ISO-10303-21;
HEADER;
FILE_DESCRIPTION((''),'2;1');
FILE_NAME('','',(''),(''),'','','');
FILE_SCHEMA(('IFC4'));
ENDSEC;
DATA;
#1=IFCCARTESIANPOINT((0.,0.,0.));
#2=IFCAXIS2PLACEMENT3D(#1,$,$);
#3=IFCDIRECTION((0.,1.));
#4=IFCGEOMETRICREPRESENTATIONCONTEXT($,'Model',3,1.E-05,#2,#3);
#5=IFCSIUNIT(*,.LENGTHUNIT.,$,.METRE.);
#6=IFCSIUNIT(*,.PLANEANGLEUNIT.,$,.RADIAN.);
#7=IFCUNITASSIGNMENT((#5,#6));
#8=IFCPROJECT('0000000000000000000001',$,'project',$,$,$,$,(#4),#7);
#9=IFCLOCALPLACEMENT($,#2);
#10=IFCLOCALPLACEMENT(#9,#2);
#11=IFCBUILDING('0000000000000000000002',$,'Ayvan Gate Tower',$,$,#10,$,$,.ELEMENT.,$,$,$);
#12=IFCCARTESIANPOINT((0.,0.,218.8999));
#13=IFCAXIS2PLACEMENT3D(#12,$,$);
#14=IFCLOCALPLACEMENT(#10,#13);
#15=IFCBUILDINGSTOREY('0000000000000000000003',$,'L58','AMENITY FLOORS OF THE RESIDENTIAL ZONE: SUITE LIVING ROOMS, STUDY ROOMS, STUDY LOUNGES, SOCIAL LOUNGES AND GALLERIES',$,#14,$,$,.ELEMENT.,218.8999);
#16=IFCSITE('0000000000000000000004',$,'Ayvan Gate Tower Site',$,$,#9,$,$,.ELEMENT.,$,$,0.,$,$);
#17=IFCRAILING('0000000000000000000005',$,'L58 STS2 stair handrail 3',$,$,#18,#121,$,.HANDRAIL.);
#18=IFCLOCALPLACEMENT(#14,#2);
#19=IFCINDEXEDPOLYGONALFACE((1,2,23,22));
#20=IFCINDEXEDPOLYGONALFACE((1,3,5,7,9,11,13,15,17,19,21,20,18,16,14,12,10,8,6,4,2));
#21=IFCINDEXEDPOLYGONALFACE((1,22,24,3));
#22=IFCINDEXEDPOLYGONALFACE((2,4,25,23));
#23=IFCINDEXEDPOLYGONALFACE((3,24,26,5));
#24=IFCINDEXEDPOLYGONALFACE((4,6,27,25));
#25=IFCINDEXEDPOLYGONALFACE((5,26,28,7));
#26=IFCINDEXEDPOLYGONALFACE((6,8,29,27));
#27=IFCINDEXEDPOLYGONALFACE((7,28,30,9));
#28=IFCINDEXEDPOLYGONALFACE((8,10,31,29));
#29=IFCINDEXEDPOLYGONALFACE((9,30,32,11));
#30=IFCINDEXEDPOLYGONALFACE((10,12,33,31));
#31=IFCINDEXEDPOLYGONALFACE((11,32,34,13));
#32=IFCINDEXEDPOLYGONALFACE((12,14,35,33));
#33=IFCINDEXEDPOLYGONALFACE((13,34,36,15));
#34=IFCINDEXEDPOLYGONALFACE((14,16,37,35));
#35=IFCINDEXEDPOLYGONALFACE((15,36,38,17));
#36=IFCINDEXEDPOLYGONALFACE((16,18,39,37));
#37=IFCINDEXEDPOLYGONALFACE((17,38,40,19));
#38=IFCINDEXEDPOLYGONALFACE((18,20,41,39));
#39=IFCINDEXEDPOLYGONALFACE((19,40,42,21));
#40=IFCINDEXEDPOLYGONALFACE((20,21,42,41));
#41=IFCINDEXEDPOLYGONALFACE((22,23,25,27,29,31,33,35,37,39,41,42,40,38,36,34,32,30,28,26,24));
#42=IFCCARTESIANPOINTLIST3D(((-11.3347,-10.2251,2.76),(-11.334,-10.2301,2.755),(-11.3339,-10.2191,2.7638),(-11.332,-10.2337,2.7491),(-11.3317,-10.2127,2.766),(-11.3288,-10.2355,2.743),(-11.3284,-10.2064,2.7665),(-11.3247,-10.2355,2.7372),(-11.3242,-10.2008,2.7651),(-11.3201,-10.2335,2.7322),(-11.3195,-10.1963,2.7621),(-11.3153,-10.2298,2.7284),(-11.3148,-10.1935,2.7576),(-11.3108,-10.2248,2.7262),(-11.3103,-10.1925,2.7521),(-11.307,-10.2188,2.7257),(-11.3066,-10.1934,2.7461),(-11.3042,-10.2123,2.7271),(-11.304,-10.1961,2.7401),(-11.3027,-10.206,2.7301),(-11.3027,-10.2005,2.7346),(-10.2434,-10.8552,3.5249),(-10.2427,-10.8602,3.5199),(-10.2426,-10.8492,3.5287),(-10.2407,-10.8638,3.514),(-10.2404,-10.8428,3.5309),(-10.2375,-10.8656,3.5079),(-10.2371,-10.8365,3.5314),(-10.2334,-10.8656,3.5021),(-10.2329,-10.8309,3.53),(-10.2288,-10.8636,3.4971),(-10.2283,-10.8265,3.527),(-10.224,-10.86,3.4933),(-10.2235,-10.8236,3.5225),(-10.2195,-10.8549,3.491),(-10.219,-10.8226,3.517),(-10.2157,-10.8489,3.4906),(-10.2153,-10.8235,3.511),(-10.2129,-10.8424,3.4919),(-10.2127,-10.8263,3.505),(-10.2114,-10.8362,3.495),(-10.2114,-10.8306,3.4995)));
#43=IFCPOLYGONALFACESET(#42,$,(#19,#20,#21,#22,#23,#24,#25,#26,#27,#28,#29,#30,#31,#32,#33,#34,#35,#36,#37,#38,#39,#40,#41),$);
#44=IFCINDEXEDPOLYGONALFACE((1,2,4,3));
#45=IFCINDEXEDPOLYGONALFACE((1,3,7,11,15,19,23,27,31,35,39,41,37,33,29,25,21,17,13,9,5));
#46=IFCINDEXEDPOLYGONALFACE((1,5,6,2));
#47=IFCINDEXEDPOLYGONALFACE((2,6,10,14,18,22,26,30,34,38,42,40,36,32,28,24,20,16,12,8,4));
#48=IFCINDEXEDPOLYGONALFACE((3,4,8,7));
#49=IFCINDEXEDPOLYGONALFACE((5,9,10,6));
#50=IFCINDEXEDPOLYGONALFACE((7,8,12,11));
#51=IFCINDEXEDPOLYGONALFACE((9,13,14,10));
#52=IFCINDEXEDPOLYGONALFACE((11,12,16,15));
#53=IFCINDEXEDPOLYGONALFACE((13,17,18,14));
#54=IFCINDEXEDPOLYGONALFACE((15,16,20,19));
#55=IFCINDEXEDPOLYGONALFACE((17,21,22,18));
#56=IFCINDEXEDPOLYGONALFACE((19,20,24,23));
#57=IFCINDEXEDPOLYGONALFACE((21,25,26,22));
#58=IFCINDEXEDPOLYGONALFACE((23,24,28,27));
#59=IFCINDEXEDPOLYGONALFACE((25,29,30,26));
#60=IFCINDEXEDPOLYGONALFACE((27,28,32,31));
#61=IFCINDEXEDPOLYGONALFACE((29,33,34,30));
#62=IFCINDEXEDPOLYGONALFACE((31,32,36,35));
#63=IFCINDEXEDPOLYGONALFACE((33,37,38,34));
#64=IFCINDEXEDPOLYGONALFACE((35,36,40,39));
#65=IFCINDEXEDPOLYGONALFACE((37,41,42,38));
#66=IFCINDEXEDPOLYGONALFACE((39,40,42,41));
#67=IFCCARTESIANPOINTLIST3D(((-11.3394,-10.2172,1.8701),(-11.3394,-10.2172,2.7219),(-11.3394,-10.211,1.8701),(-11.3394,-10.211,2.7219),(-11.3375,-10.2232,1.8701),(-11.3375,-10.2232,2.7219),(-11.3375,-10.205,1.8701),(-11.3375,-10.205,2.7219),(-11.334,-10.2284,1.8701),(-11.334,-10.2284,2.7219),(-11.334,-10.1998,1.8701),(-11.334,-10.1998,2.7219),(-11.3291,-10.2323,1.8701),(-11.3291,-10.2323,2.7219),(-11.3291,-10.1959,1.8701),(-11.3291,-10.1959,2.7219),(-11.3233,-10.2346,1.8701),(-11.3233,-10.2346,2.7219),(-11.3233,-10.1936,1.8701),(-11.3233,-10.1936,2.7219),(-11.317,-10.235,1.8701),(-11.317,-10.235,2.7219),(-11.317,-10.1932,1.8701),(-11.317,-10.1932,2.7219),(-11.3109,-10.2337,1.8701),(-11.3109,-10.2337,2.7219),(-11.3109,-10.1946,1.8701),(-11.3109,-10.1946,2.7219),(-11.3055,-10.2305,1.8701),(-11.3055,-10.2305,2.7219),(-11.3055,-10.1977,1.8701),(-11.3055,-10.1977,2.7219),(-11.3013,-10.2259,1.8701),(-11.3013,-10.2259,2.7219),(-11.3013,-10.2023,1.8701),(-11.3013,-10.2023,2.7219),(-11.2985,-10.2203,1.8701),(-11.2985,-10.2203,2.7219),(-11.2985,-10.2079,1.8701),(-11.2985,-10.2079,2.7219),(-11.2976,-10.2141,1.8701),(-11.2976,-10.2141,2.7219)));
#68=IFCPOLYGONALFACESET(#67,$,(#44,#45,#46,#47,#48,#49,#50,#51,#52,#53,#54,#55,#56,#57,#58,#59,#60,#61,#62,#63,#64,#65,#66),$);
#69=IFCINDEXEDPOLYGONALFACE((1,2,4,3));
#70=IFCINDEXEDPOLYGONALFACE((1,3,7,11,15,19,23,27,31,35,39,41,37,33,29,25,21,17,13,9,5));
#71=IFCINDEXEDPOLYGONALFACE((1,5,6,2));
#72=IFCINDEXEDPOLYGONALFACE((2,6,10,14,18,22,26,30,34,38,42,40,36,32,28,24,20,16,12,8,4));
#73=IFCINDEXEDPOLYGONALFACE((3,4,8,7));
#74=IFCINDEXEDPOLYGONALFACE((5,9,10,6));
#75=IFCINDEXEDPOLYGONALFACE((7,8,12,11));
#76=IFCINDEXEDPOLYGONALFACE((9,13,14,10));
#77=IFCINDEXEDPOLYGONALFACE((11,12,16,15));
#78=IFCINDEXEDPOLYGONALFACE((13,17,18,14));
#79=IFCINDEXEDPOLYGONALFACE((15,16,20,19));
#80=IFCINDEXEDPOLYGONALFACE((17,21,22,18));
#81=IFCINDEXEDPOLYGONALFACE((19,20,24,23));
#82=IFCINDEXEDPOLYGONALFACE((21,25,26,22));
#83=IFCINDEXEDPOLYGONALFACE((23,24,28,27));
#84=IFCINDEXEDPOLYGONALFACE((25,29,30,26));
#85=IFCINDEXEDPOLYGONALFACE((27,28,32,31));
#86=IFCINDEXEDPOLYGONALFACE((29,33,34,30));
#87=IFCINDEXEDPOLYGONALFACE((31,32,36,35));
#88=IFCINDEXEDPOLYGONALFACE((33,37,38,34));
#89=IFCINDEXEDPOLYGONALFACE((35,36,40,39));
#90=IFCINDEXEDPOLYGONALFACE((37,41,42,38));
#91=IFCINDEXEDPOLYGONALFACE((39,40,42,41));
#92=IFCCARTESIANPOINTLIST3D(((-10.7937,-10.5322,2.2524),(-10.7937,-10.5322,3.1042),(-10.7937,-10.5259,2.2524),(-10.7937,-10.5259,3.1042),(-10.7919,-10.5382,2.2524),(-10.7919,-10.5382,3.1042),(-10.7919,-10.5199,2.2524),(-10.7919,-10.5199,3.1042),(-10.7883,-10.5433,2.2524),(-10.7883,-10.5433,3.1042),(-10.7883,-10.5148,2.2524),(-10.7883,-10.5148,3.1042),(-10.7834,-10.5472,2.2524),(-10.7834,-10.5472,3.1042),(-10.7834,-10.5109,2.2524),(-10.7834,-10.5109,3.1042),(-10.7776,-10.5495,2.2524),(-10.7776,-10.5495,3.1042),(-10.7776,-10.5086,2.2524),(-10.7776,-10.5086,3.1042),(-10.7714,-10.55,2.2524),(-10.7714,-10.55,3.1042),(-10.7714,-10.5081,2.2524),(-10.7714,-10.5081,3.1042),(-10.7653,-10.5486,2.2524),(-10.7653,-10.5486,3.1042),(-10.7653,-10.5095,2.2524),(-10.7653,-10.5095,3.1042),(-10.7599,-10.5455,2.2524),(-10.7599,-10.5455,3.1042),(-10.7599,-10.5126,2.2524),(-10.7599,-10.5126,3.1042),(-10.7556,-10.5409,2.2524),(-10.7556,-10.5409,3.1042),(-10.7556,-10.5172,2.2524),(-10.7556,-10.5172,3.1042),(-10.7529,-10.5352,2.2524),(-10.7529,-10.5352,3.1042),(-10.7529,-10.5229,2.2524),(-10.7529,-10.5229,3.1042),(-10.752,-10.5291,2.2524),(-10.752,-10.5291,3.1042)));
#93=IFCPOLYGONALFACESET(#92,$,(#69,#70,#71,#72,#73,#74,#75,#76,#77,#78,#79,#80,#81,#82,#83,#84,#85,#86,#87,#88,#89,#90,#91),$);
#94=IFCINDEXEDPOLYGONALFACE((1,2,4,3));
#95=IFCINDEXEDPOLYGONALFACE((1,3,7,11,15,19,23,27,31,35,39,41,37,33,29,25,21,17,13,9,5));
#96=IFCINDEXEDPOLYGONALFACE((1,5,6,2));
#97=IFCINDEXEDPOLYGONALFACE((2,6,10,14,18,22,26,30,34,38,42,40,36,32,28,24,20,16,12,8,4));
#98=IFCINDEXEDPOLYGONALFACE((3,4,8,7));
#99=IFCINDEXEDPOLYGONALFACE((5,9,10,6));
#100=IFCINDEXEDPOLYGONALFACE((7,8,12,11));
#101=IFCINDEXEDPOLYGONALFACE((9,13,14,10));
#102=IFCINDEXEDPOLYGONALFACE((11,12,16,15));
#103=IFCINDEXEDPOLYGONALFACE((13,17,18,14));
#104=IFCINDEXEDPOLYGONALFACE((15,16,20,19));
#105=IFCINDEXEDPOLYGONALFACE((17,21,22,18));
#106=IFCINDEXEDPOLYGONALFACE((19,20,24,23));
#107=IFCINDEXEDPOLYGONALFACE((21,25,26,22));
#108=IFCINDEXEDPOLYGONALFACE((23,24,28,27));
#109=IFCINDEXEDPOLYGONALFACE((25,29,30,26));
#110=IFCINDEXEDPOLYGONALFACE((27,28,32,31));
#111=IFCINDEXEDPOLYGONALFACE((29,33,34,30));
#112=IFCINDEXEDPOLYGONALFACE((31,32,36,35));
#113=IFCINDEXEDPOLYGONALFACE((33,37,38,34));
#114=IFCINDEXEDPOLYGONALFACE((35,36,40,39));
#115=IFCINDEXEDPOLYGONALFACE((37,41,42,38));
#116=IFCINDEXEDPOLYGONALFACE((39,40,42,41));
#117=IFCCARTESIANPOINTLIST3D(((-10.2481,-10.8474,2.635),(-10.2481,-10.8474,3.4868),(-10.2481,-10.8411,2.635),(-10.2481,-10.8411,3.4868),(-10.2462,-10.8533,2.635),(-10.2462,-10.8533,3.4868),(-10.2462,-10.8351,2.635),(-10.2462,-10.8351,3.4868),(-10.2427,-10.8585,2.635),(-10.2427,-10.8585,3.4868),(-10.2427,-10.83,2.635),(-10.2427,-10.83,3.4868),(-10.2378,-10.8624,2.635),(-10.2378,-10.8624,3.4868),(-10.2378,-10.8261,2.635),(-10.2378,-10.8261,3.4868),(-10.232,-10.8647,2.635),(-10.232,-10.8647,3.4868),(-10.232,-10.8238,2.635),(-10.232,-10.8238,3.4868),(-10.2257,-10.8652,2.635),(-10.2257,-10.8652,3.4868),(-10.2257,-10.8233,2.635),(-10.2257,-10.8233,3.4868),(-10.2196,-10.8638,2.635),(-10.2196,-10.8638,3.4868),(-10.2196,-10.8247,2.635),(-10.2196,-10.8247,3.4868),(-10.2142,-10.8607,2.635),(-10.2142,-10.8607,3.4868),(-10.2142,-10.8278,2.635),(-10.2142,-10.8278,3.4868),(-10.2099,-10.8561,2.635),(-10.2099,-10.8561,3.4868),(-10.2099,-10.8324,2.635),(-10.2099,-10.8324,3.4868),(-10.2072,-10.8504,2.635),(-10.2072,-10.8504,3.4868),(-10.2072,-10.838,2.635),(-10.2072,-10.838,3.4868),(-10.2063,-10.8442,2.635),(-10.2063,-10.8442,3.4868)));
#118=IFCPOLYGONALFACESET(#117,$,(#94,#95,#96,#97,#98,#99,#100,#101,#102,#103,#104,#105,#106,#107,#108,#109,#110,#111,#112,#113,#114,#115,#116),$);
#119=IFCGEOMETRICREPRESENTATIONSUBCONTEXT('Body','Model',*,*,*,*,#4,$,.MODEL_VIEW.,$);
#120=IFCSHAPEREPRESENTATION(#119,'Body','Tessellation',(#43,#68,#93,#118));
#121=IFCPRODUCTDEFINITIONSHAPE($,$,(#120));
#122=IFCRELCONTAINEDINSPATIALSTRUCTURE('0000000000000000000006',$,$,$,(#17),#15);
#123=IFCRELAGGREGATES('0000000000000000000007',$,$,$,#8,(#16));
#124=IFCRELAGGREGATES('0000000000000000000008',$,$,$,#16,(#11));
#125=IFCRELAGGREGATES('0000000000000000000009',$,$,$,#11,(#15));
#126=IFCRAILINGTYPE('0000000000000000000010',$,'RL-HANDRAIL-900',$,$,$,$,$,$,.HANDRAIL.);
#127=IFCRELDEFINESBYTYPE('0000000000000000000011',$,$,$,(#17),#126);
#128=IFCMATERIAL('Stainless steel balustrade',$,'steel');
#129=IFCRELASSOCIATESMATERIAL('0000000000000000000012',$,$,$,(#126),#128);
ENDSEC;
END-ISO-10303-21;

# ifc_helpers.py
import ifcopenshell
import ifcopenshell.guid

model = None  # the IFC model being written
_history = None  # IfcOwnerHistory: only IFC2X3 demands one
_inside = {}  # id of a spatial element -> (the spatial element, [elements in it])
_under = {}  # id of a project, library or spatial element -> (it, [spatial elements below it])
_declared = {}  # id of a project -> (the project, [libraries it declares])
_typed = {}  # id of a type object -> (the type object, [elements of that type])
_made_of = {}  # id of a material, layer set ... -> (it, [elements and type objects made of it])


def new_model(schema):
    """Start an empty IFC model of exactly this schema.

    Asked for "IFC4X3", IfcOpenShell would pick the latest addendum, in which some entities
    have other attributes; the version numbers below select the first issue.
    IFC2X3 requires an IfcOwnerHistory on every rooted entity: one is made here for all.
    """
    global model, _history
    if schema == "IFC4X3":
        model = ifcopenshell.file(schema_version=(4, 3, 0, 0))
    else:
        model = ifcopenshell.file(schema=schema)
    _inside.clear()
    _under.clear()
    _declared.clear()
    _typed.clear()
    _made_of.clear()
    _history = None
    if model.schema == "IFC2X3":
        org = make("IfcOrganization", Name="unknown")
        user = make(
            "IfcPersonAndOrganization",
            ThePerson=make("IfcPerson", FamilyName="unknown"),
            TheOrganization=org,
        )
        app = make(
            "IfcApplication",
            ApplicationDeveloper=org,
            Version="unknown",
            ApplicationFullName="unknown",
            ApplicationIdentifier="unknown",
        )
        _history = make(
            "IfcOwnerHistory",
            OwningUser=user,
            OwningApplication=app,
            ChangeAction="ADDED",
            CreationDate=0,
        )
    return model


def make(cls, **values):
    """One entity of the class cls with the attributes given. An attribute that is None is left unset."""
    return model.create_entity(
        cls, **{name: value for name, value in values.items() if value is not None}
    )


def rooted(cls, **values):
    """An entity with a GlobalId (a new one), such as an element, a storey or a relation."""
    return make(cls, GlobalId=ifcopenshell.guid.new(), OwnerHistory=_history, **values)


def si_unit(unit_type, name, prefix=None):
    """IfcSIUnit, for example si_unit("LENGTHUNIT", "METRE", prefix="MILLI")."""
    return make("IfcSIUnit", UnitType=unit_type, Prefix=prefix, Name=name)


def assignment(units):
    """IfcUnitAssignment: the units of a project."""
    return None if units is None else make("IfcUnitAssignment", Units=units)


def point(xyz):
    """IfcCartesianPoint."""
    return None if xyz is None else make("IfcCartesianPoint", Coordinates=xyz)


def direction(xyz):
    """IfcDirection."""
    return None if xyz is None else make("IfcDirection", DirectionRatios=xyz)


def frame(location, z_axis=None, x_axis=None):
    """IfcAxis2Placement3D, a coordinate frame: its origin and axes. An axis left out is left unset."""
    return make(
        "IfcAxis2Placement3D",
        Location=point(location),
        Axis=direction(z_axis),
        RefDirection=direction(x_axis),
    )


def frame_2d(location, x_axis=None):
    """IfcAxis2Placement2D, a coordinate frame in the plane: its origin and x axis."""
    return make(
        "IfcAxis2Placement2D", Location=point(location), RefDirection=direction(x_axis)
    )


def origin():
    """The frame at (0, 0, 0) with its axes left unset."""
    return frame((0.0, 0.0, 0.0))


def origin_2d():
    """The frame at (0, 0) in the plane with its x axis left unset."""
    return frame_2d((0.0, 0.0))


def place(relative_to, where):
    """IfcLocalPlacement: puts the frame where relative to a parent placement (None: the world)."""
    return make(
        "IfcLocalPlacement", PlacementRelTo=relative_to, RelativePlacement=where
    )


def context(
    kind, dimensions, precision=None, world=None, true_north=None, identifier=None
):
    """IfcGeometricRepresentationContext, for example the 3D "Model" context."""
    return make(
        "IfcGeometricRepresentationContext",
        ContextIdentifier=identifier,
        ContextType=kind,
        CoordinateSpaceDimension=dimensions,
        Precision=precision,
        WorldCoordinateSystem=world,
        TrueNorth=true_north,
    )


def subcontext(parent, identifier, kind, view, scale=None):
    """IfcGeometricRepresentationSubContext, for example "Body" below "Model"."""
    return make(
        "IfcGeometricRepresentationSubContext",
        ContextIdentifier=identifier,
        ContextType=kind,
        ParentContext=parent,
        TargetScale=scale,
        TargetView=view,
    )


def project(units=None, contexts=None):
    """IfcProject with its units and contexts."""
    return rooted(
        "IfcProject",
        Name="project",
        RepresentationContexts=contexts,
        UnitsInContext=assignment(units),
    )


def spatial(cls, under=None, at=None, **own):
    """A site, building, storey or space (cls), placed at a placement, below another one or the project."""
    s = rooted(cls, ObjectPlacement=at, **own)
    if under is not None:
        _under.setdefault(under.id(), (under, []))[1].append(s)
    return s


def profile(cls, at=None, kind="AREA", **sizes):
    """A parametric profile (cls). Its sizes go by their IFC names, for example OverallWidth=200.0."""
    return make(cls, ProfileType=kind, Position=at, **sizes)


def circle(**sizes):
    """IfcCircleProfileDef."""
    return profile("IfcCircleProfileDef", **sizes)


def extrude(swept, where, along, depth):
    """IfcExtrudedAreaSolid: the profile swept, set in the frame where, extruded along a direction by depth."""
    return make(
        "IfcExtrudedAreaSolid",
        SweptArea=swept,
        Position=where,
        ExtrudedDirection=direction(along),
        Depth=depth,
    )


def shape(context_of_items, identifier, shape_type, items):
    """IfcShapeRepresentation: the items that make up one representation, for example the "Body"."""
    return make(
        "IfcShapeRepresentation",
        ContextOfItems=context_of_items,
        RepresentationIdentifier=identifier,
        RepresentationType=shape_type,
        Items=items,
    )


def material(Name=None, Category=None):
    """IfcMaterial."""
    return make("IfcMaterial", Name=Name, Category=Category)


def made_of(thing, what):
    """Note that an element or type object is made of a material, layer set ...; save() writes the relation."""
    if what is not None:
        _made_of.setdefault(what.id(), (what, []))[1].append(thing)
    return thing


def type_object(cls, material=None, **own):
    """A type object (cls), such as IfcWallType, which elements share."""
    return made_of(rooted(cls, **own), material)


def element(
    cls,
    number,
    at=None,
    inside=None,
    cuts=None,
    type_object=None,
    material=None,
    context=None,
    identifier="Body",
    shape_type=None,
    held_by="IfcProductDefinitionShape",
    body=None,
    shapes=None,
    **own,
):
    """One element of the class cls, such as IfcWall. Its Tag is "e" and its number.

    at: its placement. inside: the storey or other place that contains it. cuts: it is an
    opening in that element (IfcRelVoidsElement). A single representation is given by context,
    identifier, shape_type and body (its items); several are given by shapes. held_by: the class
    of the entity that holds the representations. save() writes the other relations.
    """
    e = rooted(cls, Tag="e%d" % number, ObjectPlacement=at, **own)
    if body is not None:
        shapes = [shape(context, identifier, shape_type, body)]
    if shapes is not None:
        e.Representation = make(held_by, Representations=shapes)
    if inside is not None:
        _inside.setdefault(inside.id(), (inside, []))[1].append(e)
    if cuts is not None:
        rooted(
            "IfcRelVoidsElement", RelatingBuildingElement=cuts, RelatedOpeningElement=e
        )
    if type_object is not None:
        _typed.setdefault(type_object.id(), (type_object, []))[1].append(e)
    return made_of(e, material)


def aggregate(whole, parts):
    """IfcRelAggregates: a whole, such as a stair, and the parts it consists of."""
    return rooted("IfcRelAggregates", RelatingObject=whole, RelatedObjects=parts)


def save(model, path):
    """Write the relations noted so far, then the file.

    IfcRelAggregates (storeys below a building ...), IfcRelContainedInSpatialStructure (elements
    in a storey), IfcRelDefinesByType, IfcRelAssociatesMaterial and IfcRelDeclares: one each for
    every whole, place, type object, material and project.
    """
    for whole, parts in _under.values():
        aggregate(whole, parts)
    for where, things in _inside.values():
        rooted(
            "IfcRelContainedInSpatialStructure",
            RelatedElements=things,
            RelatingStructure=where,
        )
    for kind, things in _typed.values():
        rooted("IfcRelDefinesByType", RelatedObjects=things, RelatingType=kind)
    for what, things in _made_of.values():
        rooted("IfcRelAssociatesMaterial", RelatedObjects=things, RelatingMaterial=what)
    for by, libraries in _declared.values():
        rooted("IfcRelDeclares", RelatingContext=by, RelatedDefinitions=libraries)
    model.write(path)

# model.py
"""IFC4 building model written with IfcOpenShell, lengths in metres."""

from ifc_helpers import new_model, si_unit, direction, frame, origin, origin_2d, place, context, subcontext, project, spatial, circle, extrude, material, type_object, element, save


model = new_model("IFC4")

# Units and contexts
model_context = context("Model", 3, precision=1e-05, world=origin(), true_north=direction((0.0, 1.0)))
body_context = subcontext(model_context, "Body", "Model", "MODEL_VIEW")
ifc_project = project(units=[si_unit("LENGTHUNIT", "METRE"), si_unit("PLANEANGLEUNIT", "RADIAN")], contexts=[model_context])

# Site, building, storey
site_placement = place(None, origin())
site = spatial("IfcSite", under=ifc_project, at=site_placement, Name="Ayvan Gate Tower Site", CompositionType="ELEMENT", RefElevation=0.0)
building_placement = place(site_placement, origin())
building = spatial("IfcBuilding", under=site, at=building_placement, Name="Ayvan Gate Tower", CompositionType="ELEMENT")
storey_placement = place(building_placement, frame((0.0, 0.0, 218.8999)))
storey = spatial("IfcBuildingStorey", under=building, at=storey_placement, Name="L58", Description="AMENITY FLOORS OF THE RESIDENTIAL ZONE: SUITE LIVING ROOMS, STUDY ROOMS, STUDY LOUNGES, SOCIAL LOUNGES AND GALLERIES", CompositionType="ELEMENT", Elevation=218.8999)

# Railing
ifc_material_1 = material(Name="Stainless steel balustrade", Category="steel")
railing_type_1 = type_object("IfcRailingType", Name="RL-HANDRAIL-900", PredefinedType="HANDRAIL", material=ifc_material_1)
railing_1_placement = place(storey_placement, frame((-11.3186, -10.2141, 1.8701)))
element("IfcRailing", 1, at=railing_1_placement, inside=storey, type_object=railing_type_1, Name="L58 STS2 stair handrail 3", PredefinedType="HANDRAIL", context=body_context, shape_type="SweptSolid", body=[
    extrude(circle(Radius=0.0239, at=origin_2d()), frame((0.0, 0.0, 0.876), z_axis=(0.740304, -0.427455, 0.518875), x_axis=(0.500035, 0.866005, 0.0)), (0.0, 0.0, 1.0), 1.4741),
    extrude(circle(Radius=0.021, at=origin_2d()), origin(), (0.0, 0.0, 1.0), 0.8518),
    extrude(circle(Radius=0.021, at=origin_2d()), frame((0.5457, -0.3149, 0.3823)), (0.0, 0.0, 1.0), 0.8518),
    extrude(circle(Radius=0.021, at=origin_2d()), frame((1.0913, -0.6301, 0.7649)), (0.0, 0.0, 1.0), 0.8518),
])

save(model, "model.ifc")
